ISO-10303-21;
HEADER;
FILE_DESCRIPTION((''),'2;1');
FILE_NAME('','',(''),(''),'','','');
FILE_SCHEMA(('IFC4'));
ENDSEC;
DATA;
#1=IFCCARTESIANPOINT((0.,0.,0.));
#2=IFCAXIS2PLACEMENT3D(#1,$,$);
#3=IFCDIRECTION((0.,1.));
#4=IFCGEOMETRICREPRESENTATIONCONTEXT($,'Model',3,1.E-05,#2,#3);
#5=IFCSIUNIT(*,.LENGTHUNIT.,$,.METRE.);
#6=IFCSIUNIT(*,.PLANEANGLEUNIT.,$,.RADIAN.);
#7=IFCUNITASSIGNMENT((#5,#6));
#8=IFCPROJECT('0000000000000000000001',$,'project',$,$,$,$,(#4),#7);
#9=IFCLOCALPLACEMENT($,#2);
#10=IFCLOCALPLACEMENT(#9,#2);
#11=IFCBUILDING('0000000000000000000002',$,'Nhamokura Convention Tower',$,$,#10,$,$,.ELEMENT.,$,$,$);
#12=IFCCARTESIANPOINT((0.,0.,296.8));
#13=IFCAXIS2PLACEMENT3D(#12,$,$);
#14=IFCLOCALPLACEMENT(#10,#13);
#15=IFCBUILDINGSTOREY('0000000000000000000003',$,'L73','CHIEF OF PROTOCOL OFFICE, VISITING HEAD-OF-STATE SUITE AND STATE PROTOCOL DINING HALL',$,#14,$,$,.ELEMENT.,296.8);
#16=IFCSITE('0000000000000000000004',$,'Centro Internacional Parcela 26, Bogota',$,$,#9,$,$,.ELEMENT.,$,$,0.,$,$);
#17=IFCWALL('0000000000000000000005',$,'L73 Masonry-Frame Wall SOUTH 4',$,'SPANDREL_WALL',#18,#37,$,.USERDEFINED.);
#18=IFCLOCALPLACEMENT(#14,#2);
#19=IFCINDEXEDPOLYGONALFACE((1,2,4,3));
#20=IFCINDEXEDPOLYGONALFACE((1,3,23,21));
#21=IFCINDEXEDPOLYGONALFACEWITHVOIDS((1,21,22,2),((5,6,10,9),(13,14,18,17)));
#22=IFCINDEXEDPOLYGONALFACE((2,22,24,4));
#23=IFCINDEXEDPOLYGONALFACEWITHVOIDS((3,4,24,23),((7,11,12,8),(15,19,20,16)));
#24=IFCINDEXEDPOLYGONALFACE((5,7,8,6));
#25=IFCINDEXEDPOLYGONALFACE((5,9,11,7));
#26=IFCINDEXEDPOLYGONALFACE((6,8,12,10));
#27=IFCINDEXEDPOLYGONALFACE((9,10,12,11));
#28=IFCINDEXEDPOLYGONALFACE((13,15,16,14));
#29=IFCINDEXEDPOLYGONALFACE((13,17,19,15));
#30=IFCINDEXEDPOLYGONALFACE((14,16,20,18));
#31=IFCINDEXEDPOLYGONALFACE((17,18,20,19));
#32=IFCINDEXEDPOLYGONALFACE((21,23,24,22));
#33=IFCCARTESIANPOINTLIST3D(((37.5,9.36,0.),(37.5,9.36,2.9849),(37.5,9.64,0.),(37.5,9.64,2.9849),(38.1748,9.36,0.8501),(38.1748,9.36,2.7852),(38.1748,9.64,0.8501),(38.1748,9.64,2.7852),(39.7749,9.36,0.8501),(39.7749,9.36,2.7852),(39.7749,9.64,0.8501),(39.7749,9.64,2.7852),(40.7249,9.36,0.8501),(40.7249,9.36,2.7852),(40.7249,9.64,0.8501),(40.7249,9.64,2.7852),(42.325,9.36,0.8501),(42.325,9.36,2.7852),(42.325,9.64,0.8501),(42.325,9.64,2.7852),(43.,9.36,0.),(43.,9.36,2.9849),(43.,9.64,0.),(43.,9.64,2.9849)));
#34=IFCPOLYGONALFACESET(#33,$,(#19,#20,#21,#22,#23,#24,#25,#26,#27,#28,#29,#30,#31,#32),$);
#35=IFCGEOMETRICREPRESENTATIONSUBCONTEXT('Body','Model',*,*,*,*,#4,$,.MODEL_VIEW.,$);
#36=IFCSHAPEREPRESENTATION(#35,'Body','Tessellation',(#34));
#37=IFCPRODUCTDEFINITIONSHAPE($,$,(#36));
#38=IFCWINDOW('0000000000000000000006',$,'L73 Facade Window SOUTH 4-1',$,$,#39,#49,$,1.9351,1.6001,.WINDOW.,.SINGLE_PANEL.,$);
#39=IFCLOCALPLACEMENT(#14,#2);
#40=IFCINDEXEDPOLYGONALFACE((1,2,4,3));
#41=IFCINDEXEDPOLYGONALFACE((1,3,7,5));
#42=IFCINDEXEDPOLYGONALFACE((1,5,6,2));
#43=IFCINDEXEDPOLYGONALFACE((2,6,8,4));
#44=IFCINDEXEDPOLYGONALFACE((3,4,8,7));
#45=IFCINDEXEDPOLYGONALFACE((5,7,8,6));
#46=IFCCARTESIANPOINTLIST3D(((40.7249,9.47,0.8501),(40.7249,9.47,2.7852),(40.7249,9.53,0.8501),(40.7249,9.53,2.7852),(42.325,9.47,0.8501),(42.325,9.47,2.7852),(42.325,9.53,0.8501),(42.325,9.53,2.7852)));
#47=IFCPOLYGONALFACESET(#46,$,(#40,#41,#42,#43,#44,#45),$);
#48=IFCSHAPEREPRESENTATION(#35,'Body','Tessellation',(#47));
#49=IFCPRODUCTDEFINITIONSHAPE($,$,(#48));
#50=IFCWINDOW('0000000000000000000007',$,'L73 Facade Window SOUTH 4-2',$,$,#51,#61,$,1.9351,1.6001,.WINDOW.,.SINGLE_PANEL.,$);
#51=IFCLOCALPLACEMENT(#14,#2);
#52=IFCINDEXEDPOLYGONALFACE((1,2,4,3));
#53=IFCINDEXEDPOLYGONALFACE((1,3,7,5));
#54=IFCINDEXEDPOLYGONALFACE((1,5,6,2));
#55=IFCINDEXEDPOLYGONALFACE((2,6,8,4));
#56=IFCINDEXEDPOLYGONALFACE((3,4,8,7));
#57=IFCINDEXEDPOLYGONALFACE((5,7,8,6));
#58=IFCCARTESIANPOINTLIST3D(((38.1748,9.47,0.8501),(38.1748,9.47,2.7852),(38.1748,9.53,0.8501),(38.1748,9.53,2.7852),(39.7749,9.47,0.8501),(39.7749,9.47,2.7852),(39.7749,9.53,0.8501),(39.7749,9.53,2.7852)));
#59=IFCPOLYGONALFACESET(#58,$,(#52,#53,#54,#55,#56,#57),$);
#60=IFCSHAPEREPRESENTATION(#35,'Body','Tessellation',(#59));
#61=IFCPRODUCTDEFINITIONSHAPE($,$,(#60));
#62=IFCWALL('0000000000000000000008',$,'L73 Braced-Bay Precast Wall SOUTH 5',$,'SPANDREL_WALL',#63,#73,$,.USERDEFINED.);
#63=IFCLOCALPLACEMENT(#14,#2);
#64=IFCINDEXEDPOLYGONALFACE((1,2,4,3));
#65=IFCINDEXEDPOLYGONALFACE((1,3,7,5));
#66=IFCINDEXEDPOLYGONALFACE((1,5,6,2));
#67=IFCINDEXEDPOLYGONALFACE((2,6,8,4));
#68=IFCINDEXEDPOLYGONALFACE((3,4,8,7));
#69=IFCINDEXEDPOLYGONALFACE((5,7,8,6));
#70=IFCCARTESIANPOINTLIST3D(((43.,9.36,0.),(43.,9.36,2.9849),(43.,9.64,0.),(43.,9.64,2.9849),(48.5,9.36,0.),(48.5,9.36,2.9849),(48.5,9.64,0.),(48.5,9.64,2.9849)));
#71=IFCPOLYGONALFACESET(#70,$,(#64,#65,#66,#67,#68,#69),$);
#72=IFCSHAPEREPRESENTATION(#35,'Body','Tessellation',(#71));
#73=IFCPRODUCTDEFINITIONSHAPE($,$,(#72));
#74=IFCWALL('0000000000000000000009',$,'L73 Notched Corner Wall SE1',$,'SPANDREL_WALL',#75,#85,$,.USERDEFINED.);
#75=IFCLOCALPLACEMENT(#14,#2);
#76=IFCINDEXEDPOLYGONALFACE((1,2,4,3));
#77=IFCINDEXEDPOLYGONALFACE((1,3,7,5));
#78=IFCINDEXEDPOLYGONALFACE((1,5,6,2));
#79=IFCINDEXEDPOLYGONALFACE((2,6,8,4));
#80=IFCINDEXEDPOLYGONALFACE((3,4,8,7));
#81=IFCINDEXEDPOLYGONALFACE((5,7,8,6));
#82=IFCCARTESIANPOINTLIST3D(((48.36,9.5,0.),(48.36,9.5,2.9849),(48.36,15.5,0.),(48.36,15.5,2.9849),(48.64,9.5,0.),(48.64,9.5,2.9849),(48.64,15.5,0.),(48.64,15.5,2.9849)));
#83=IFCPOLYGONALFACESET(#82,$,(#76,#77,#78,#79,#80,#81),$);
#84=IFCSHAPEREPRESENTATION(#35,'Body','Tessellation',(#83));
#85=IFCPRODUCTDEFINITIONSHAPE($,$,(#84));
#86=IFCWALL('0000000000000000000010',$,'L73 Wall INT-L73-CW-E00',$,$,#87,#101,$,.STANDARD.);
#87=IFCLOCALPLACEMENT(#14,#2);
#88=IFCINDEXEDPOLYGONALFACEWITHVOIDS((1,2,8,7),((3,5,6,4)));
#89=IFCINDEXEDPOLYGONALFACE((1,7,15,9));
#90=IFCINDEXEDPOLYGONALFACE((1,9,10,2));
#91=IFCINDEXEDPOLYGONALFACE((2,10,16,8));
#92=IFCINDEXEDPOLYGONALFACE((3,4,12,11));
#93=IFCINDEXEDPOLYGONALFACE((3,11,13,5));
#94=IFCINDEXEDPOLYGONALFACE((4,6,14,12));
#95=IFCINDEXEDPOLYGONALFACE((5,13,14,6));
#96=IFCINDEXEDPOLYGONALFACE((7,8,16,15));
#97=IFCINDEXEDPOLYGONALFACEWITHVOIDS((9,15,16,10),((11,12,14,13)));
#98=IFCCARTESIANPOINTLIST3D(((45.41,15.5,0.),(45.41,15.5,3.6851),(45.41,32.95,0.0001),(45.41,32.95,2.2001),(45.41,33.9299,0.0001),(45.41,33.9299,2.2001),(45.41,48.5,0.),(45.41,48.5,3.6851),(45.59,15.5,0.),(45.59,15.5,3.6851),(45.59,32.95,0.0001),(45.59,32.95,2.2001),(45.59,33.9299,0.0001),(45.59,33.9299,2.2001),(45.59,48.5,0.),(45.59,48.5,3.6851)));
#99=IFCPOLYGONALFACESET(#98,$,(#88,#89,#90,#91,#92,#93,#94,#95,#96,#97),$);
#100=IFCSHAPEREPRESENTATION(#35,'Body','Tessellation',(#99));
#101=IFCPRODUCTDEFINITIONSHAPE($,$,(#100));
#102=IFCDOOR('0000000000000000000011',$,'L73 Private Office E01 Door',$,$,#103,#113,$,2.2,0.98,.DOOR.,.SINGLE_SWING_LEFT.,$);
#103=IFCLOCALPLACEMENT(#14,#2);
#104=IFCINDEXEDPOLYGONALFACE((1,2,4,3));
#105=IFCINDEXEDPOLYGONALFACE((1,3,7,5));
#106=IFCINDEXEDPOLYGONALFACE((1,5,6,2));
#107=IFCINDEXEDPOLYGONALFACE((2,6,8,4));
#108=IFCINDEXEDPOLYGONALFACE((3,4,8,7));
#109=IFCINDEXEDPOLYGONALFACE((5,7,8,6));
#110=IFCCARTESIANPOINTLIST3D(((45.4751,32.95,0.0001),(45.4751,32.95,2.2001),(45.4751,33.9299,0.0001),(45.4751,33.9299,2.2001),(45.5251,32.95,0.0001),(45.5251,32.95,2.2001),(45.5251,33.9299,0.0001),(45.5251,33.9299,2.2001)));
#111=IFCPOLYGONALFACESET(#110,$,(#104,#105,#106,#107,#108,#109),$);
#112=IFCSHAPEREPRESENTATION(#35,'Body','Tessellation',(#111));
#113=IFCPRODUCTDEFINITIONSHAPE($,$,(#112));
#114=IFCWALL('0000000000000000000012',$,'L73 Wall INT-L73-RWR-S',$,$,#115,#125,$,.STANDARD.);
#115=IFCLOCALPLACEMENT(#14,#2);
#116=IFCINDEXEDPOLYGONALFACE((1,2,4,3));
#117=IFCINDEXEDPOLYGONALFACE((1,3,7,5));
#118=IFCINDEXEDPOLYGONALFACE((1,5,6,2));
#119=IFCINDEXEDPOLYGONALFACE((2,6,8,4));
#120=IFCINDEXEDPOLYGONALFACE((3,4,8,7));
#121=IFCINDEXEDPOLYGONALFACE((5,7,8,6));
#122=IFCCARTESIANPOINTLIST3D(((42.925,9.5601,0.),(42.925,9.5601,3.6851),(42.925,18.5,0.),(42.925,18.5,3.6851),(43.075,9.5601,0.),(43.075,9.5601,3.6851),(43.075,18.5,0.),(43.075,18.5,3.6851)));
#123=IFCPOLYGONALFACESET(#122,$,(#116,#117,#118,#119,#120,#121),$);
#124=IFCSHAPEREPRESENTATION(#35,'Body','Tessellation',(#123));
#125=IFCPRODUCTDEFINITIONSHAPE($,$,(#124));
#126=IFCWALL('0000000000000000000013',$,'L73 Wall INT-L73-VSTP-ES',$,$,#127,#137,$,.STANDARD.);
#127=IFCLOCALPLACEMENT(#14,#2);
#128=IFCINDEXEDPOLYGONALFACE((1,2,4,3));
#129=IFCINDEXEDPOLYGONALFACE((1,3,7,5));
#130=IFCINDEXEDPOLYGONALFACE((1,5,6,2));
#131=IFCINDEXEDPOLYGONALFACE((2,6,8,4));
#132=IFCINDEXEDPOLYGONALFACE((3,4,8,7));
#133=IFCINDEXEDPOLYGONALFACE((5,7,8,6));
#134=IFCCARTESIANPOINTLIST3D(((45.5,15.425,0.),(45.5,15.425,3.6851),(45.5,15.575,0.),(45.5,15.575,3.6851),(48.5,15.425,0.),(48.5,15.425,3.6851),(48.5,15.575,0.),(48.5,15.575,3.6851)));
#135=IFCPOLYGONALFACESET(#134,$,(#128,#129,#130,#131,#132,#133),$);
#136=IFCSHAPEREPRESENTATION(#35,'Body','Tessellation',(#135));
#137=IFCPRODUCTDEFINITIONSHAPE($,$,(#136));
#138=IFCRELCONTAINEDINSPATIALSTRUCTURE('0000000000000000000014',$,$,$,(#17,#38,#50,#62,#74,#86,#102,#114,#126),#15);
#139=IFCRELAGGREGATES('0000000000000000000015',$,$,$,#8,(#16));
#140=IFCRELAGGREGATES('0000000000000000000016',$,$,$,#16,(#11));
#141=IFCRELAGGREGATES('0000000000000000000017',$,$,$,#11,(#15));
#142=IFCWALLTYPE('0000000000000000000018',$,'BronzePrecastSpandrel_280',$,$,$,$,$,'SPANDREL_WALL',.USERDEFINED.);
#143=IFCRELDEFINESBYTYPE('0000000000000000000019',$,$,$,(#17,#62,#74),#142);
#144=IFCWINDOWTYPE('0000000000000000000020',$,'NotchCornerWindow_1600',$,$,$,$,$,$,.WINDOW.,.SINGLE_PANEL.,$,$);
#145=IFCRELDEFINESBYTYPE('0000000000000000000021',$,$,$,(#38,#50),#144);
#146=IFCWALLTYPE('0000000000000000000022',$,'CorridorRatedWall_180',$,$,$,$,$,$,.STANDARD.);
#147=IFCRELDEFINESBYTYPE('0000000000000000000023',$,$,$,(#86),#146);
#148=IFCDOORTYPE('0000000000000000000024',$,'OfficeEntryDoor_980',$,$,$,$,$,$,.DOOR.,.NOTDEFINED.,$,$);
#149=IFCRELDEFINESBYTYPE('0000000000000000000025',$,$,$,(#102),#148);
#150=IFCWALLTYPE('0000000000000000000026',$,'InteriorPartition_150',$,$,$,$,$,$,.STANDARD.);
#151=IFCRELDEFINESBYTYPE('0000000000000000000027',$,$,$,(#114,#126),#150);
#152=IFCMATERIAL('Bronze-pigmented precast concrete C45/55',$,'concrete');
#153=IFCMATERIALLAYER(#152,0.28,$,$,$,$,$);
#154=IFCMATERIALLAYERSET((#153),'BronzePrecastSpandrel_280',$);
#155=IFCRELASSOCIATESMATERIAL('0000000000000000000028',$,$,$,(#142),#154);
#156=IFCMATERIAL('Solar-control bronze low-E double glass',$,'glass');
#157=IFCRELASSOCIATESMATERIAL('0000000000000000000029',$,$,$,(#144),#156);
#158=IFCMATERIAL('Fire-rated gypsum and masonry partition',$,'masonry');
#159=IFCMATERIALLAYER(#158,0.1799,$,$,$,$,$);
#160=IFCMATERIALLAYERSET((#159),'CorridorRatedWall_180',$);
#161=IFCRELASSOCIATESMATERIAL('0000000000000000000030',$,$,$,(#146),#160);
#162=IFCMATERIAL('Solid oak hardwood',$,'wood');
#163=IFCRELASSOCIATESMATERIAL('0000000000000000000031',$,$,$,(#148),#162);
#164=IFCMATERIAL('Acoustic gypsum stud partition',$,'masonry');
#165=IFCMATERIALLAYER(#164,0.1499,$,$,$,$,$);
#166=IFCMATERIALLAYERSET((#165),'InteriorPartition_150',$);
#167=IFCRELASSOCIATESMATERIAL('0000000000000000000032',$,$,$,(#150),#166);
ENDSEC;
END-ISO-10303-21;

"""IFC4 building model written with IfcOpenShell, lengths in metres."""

from ifc_helpers import new_model, si_unit, direction, frame, frame_2d, origin, place, context, subcontext, project, spatial, rectangle, extrude, material, layer, layer_set, type_object, element, fill, save


model = new_model("IFC4")

# Units and contexts
model_context = context("Model", 3, precision=1e-05, world=origin(), true_north=direction((0.0, 1.0)))
body_context = subcontext(model_context, "Body", "Model", "MODEL_VIEW")
ifc_project = project(units=[si_unit("LENGTHUNIT", "METRE"), si_unit("PLANEANGLEUNIT", "RADIAN")], contexts=[model_context])

# Site, building, storey
site_placement = place(None, origin())
site = spatial("IfcSite", under=ifc_project, at=site_placement, Name="Centro Internacional Parcela 26, Bogota", CompositionType="ELEMENT", RefElevation=0.0)
building_placement = place(site_placement, origin())
building = spatial("IfcBuilding", under=site, at=building_placement, Name="Nhamokura Convention Tower", CompositionType="ELEMENT")
storey_placement = place(building_placement, frame((0.0, 0.0, 296.8)))
storey = spatial("IfcBuildingStorey", under=building, at=storey_placement, Name="L73", Description="CHIEF OF PROTOCOL OFFICE, VISITING HEAD-OF-STATE SUITE AND STATE PROTOCOL DINING HALL", CompositionType="ELEMENT", Elevation=296.8)

# Wall, openings, windows
ifc_material_1 = material(Name="Bronze-pigmented precast concrete C45/55", Category="concrete")
ifc_layer_1 = layer(ifc_material_1, 0.28)
ifc_layer_set_1 = layer_set([ifc_layer_1], Name="BronzePrecastSpandrel_280")
wall_type_1 = type_object("IfcWallType", Name="BronzePrecastSpandrel_280", ElementType="SPANDREL_WALL", PredefinedType="USERDEFINED", material=ifc_layer_set_1)
wall_1_placement = place(storey_placement, frame((43.0, 9.5, 0.0), z_axis=(0.0, 0.0, 1.0), x_axis=(-1.0, 0.0, 0.0)))
wall_1 = element("IfcWall", 1, at=wall_1_placement, inside=storey, type_object=wall_type_1, Name="L73 Masonry-Frame Wall SOUTH 4", ObjectType="SPANDREL_WALL", PredefinedType="USERDEFINED", context=body_context, shape_type="SweptSolid", body=[
    extrude(rectangle(XDim=5.5, YDim=0.28, at=frame_2d((2.75, 0.0))), origin(), (0.0, 0.0, 1.0), 2.9849),
])
opening_1_placement = place(wall_1_placement, frame((0.675, 0.0, 0.8501)))
opening_1 = element("IfcOpeningElement", 2, at=opening_1_placement, cuts=wall_1, PredefinedType="OPENING", context=body_context, shape_type="SweptSolid", body=[
    extrude(rectangle(XDim=1.6001, YDim=1.9351, at=frame_2d((0.8, 0.9675))), frame((0.0, 0.1499, 0.0), z_axis=(0.0, -1.0, 0.0), x_axis=(1.0, 0.0, 0.0)), (0.0, 0.0, 1.0), 0.3),
])
opening_2_placement = place(wall_1_placement, frame((3.2251, 0.0, 0.8501)))
opening_2 = element("IfcOpeningElement", 3, at=opening_2_placement, cuts=wall_1, PredefinedType="OPENING", context=body_context, shape_type="SweptSolid", body=[
    extrude(rectangle(XDim=1.6001, YDim=1.9351, at=frame_2d((0.8, 0.9675))), frame((0.0, 0.1499, 0.0), z_axis=(0.0, -1.0, 0.0), x_axis=(1.0, 0.0, 0.0)), (0.0, 0.0, 1.0), 0.3),
])
ifc_material_2 = material(Name="Solar-control bronze low-E double glass", Category="glass")
window_type = type_object("IfcWindowType", Name="NotchCornerWindow_1600", PartitioningType="SINGLE_PANEL", PredefinedType="WINDOW", material=ifc_material_2)
window_1_placement = place(opening_1_placement, origin())
window_1 = element("IfcWindow", 4, at=window_1_placement, inside=storey, type_object=window_type, Name="L73 Facade Window SOUTH 4-1", OverallHeight=1.9351, OverallWidth=1.6001, PartitioningType="SINGLE_PANEL", PredefinedType="WINDOW", context=body_context, shape_type="SweptSolid", body=[
    extrude(rectangle(XDim=1.6001, YDim=1.9351, at=frame_2d((0.8, 0.9675))), frame((0.0, 0.03, 0.0), z_axis=(0.0, -1.0, 0.0), x_axis=(1.0, 0.0, 0.0)), (0.0, 0.0, 1.0), 0.0601),
])
fill(opening_1, window_1)
window_2_placement = place(opening_2_placement, origin())
window_2 = element("IfcWindow", 5, at=window_2_placement, inside=storey, type_object=window_type, Name="L73 Facade Window SOUTH 4-2", OverallHeight=1.9351, OverallWidth=1.6001, PartitioningType="SINGLE_PANEL", PredefinedType="WINDOW", context=body_context, shape_type="SweptSolid", body=[
    extrude(rectangle(XDim=1.6001, YDim=1.9351, at=frame_2d((0.8, 0.9675))), frame((0.0, 0.03, 0.0), z_axis=(0.0, -1.0, 0.0), x_axis=(1.0, 0.0, 0.0)), (0.0, 0.0, 1.0), 0.0601),
])
fill(opening_2, window_2)

# Walls
wall_2_placement = place(storey_placement, frame((48.5, 9.5, 0.0), z_axis=(0.0, 0.0, 1.0), x_axis=(-1.0, 0.0, 0.0)))
element("IfcWall", 6, at=wall_2_placement, inside=storey, type_object=wall_type_1, Name="L73 Braced-Bay Precast Wall SOUTH 5", ObjectType="SPANDREL_WALL", PredefinedType="USERDEFINED", context=body_context, shape_type="SweptSolid", body=[
    extrude(rectangle(XDim=5.5, YDim=0.28, at=frame_2d((2.75, 0.0))), origin(), (0.0, 0.0, 1.0), 2.9849),
])
wall_3_placement = place(storey_placement, frame((48.5, 15.5, 0.0), z_axis=(0.0, 0.0, 1.0), x_axis=(0.0, -1.0, 0.0)))
element("IfcWall", 7, at=wall_3_placement, inside=storey, type_object=wall_type_1, Name="L73 Notched Corner Wall SE1", ObjectType="SPANDREL_WALL", PredefinedType="USERDEFINED", context=body_context, shape_type="SweptSolid", body=[
    extrude(rectangle(XDim=6.0, YDim=0.28, at=frame_2d((3.0, 0.0))), origin(), (0.0, 0.0, 1.0), 2.9849),
])

# Wall, opening, door
ifc_material_3 = material(Name="Fire-rated gypsum and masonry partition", Category="masonry")
ifc_layer_2 = layer(ifc_material_3, 0.1799)
ifc_layer_set_2 = layer_set([ifc_layer_2], Name="CorridorRatedWall_180")
wall_type_2 = type_object("IfcWallType", Name="CorridorRatedWall_180", PredefinedType="STANDARD", material=ifc_layer_set_2)
wall_4_placement = place(storey_placement, frame((45.5, 15.5, 0.0), z_axis=(0.0, 0.0, 1.0), x_axis=(0.0, 1.0, 0.0)))
wall_4 = element("IfcWall", 8, at=wall_4_placement, inside=storey, type_object=wall_type_2, Name="L73 Wall INT-L73-CW-E00", PredefinedType="STANDARD", context=body_context, shape_type="SweptSolid", body=[
    extrude(rectangle(XDim=33.0, YDim=0.1799, at=frame_2d((16.5, 0.0))), origin(), (0.0, 0.0, 1.0), 3.6851),
])
opening_3_placement = place(wall_4_placement, frame((17.45, 0.0, 0.0)))
opening_3 = element("IfcOpeningElement", 9, at=opening_3_placement, cuts=wall_4, PredefinedType="OPENING", context=body_context, shape_type="SweptSolid", body=[
    extrude(rectangle(XDim=0.98, YDim=2.2, at=frame_2d((0.49, 1.1001))), frame((0.0, 0.0999, 0.0), z_axis=(0.0, -1.0, 0.0), x_axis=(1.0, 0.0, 0.0)), (0.0, 0.0, 1.0), 0.2),
])
ifc_material_4 = material(Name="Solid oak hardwood", Category="wood")
door_type = type_object("IfcDoorType", Name="OfficeEntryDoor_980", OperationType="NOTDEFINED", PredefinedType="DOOR", material=ifc_material_4)
door_placement = place(opening_3_placement, origin())
door = element("IfcDoor", 10, at=door_placement, inside=storey, type_object=door_type, Name="L73 Private Office E01 Door", OperationType="SINGLE_SWING_LEFT", OverallHeight=2.2, OverallWidth=0.98, PredefinedType="DOOR", context=body_context, shape_type="SweptSolid", body=[
    extrude(rectangle(XDim=0.98, YDim=2.2, at=frame_2d((0.49, 1.1001))), frame((0.0, 0.0249, 0.0), z_axis=(0.0, -1.0, 0.0), x_axis=(1.0, 0.0, 0.0)), (0.0, 0.0, 1.0), 0.05),
])
fill(opening_3, door)

# Walls
ifc_material_5 = material(Name="Acoustic gypsum stud partition", Category="masonry")
ifc_layer_3 = layer(ifc_material_5, 0.1499)
ifc_layer_set_3 = layer_set([ifc_layer_3], Name="InteriorPartition_150")
wall_type_3 = type_object("IfcWallType", Name="InteriorPartition_150", PredefinedType="STANDARD", material=ifc_layer_set_3)
wall_5_placement = place(storey_placement, frame((43.0, 9.5601, 0.0), z_axis=(0.0, 0.0, 1.0), x_axis=(0.0, 1.0, 0.0)))
element("IfcWall", 11, at=wall_5_placement, inside=storey, type_object=wall_type_3, Name="L73 Wall INT-L73-RWR-S", PredefinedType="STANDARD", context=body_context, shape_type="SweptSolid", body=[
    extrude(rectangle(XDim=8.9399, YDim=0.1499, at=frame_2d((4.47, 0.0))), origin(), (0.0, 0.0, 1.0), 3.6851),
])
wall_6_placement = place(storey_placement, frame((45.5, 15.5, 0.0), z_axis=(0.0, 0.0, 1.0), x_axis=(1.0, 0.0, 0.0)))
element("IfcWall", 12, at=wall_6_placement, inside=storey, type_object=wall_type_3, Name="L73 Wall INT-L73-VSTP-ES", PredefinedType="STANDARD", context=body_context, shape_type="SweptSolid", body=[
    extrude(rectangle(XDim=3.0, YDim=0.1499, at=frame_2d((1.5, 0.0))), origin(), (0.0, 0.0, 1.0), 3.6851),
])

save(model, "model.ifc")
